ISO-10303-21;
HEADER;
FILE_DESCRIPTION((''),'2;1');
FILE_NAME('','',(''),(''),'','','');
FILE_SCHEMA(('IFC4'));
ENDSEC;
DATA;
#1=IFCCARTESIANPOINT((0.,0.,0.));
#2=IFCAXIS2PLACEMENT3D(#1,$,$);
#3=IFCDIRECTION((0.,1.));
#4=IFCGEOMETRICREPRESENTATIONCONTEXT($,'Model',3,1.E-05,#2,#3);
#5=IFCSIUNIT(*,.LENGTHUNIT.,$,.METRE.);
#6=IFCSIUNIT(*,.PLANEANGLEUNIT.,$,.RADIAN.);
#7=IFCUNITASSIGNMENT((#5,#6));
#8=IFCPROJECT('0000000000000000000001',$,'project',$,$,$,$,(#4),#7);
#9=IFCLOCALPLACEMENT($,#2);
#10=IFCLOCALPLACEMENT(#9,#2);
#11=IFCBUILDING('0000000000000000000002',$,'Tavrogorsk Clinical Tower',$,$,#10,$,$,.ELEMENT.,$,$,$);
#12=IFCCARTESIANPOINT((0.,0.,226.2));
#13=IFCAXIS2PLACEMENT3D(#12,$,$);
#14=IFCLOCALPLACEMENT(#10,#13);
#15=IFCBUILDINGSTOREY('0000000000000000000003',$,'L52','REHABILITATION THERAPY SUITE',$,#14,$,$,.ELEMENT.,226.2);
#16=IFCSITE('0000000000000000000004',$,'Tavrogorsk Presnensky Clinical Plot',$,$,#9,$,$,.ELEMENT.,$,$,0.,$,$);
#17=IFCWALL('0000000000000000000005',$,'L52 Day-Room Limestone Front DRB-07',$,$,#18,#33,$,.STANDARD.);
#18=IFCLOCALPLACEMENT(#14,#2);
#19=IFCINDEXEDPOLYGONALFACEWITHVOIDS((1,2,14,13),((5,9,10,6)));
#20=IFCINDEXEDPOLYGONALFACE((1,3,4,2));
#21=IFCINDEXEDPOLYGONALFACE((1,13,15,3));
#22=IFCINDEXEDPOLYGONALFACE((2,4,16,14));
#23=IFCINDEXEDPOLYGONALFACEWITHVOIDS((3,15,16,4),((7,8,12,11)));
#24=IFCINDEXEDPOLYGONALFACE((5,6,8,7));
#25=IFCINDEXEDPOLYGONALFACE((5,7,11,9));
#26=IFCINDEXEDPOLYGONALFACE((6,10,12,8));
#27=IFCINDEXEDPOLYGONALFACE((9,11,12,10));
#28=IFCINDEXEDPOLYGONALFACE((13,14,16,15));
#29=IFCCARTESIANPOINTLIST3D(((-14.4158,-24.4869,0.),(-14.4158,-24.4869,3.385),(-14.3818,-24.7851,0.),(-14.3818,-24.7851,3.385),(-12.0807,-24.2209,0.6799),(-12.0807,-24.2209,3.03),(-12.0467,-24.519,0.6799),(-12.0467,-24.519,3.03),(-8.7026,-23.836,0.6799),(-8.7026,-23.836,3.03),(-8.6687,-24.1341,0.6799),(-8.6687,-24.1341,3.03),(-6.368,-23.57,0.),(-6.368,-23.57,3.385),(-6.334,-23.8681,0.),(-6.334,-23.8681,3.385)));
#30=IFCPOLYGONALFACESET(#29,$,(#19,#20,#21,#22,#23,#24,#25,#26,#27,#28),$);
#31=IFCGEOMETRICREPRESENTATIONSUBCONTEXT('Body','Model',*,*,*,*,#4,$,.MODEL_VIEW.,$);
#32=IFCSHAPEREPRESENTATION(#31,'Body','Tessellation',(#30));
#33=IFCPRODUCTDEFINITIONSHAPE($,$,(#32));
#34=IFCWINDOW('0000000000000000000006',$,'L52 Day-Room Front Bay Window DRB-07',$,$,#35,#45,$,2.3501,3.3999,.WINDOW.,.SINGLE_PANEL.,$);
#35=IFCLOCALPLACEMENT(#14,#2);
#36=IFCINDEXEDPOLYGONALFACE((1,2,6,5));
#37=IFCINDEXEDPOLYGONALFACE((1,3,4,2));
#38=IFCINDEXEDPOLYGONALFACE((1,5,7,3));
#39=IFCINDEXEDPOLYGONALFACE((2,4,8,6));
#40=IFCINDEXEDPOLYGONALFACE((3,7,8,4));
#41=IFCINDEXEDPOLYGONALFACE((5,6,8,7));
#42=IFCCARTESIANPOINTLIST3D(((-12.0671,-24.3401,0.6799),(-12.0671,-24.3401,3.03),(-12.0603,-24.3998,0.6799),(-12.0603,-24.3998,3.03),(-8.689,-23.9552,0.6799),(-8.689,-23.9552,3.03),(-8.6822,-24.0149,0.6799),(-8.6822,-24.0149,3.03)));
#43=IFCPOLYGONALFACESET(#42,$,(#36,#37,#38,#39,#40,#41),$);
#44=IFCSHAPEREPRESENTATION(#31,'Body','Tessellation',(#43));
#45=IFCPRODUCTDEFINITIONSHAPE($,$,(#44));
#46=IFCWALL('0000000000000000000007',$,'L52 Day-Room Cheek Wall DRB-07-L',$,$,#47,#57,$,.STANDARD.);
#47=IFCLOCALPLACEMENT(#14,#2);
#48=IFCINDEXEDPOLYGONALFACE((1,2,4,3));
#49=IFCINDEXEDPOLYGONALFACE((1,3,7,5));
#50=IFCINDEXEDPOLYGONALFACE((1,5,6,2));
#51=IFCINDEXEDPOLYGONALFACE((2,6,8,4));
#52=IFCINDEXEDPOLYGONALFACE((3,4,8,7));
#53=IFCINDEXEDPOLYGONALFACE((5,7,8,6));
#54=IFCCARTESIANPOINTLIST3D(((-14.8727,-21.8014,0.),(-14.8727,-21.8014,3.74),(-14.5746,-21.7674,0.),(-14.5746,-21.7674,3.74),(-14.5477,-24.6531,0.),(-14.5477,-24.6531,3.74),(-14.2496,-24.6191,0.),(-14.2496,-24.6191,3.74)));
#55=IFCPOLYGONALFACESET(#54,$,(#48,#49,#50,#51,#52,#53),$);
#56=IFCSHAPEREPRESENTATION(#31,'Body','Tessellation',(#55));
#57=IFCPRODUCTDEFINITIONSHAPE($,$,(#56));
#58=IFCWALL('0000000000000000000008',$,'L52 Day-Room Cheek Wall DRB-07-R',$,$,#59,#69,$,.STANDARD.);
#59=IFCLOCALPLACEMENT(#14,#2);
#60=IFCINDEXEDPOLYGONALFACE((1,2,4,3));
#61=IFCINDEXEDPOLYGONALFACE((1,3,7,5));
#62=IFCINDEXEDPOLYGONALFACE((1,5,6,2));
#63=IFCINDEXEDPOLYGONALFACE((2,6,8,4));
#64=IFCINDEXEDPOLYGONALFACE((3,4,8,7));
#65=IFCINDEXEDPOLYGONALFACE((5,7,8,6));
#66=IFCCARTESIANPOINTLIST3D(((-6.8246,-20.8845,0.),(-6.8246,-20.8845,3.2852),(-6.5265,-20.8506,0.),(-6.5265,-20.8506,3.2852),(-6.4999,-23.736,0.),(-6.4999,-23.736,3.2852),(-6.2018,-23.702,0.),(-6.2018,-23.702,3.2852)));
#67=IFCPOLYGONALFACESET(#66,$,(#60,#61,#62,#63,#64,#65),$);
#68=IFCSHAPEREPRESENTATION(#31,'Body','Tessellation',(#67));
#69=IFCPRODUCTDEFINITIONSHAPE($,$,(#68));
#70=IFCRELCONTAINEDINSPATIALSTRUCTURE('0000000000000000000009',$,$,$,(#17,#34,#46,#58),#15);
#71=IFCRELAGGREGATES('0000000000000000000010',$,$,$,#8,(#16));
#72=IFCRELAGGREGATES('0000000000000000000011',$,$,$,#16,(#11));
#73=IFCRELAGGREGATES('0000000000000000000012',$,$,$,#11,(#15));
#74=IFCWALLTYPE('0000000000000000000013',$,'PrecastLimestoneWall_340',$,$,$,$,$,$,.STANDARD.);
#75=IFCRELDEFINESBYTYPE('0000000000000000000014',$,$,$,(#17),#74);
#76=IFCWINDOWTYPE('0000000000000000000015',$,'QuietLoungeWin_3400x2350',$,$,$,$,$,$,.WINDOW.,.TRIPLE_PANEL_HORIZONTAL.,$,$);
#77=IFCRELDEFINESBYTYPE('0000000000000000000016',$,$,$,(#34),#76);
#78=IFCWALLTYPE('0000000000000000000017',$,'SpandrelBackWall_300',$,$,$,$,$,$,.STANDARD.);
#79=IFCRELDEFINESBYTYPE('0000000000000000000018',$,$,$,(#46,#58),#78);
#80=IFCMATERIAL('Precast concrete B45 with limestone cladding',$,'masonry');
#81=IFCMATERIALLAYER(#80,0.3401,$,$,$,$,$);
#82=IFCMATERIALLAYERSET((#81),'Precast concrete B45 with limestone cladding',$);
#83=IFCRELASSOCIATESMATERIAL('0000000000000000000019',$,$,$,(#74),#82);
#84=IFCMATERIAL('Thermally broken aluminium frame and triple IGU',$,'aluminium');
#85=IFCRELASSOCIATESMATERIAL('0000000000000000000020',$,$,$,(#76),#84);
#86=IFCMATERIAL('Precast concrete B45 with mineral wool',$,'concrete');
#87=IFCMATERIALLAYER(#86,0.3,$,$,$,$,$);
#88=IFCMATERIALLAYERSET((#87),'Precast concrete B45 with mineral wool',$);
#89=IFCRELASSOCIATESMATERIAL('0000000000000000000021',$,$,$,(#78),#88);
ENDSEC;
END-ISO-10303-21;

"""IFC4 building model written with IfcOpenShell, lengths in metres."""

from ifc_helpers import new_model, si_unit, direction, frame, frame_2d, origin, place, context, subcontext, project, spatial, rectangle, extrude, material, layer, layer_set, type_object, element, fill, save


model = new_model("IFC4")

# Units and contexts
model_context = context("Model", 3, precision=1e-05, world=origin(), true_north=direction((0.0, 1.0)))
body_context = subcontext(model_context, "Body", "Model", "MODEL_VIEW")
ifc_project = project(units=[si_unit("LENGTHUNIT", "METRE"), si_unit("PLANEANGLEUNIT", "RADIAN")], contexts=[model_context])

# Site, building, storey
site_placement = place(None, origin())
site = spatial("IfcSite", under=ifc_project, at=site_placement, Name="Tavrogorsk Presnensky Clinical Plot", CompositionType="ELEMENT", RefElevation=0.0)
building_placement = place(site_placement, origin())
building = spatial("IfcBuilding", under=site, at=building_placement, Name="Tavrogorsk Clinical Tower", CompositionType="ELEMENT")
storey_placement = place(building_placement, frame((0.0, 0.0, 226.2)))
storey = spatial("IfcBuildingStorey", under=building, at=storey_placement, Name="L52", Description="REHABILITATION THERAPY SUITE", CompositionType="ELEMENT", Elevation=226.2)

# Shared definitions
ifc_material_1 = material(Name="Precast concrete B45 with limestone cladding", Category="masonry")
ifc_layer_1 = layer(ifc_material_1, 0.3401)
ifc_layer_set_1 = layer_set([ifc_layer_1], Name="Precast concrete B45 with limestone cladding")
wall_type_1 = type_object("IfcWallType", Name="PrecastLimestoneWall_340", PredefinedType="STANDARD", material=ifc_layer_set_1)

# Wall, opening, window
wall_1_placement = place(storey_placement, frame((-14.3987, -24.636, 0.0), z_axis=(0.0, 0.0, 1.0), x_axis=(0.993571, 0.11321, 0.0)))
wall_1 = element("IfcWall", 1, at=wall_1_placement, inside=storey, type_object=wall_type_1, Name="L52 Day-Room Limestone Front DRB-07", PredefinedType="STANDARD", context=body_context, shape_type="SweptSolid", body=[
    extrude(rectangle(XDim=8.0999, YDim=0.3, at=frame_2d((4.0498, 0.0))), origin(), (0.0, 0.0, 1.0), 3.385),
])
opening_1_placement = place(wall_1_placement, frame((2.3501, 0.0, 0.6799)))
opening_1 = element("IfcOpeningElement", 2, at=opening_1_placement, cuts=wall_1, PredefinedType="OPENING", context=body_context, shape_type="SweptSolid", body=[
    extrude(rectangle(XDim=3.3999, YDim=2.3501, at=frame_2d((1.7, 1.175))), frame((0.0, 0.1599, 0.0), z_axis=(0.0, -1.0, 0.0), x_axis=(1.0, 0.0, 0.0)), (0.0, 0.0, 1.0), 0.3201),
])
ifc_material_2 = material(Name="Thermally broken aluminium frame and triple IGU", Category="aluminium")
window_type_1 = type_object("IfcWindowType", Name="QuietLoungeWin_3400x2350", PartitioningType="TRIPLE_PANEL_HORIZONTAL", PredefinedType="WINDOW", material=ifc_material_2)
window_1_placement = place(opening_1_placement, origin())
window_1 = element("IfcWindow", 3, at=window_1_placement, inside=storey, type_object=window_type_1, Name="L52 Day-Room Front Bay Window DRB-07", OverallHeight=2.3501, OverallWidth=3.3999, PartitioningType="SINGLE_PANEL", PredefinedType="WINDOW", context=body_context, shape_type="SweptSolid", body=[
    extrude(rectangle(XDim=3.3999, YDim=2.3501, at=frame_2d((1.7, 1.175))), frame((0.0, 0.03, 0.0), z_axis=(0.0, -1.0, 0.0), x_axis=(1.0, 0.0, 0.0)), (0.0, 0.0, 1.0), 0.0601),
])
fill(opening_1, window_1)

# Walls
ifc_material_3 = material(Name="Precast concrete B45 with mineral wool", Category="concrete")
ifc_layer_2 = layer(ifc_material_3, 0.3)
ifc_layer_set_2 = layer_set([ifc_layer_2], Name="Precast concrete B45 with mineral wool")
wall_type_2 = type_object("IfcWallType", Name="SpandrelBackWall_300", PredefinedType="STANDARD", material=ifc_layer_set_2)
wall_2_placement = place(storey_placement, frame((-14.7236, -21.7844, 0.0), z_axis=(0.0, 0.0, 1.0), x_axis=(0.113223, -0.99357, 0.0)))
element("IfcWall", 4, at=wall_2_placement, inside=storey, type_object=wall_type_2, Name="L52 Day-Room Cheek Wall DRB-07-L", PredefinedType="STANDARD", context=body_context, shape_type="SweptSolid", body=[
    extrude(rectangle(XDim=2.8701, YDim=0.3, at=frame_2d((1.4351, 0.0))), origin(), (0.0, 0.0, 1.0), 3.74),
])
wall_3_placement = place(storey_placement, frame((-6.6755, -20.8674, 0.0), z_axis=(0.0, 0.0, 1.0), x_axis=(0.113139, -0.993579, 0.0)))
element("IfcWall", 5, at=wall_3_placement, inside=storey, type_object=wall_type_2, Name="L52 Day-Room Cheek Wall DRB-07-R", PredefinedType="STANDARD", context=body_context, shape_type="SweptSolid", body=[
    extrude(rectangle(XDim=2.8699, YDim=0.3, at=frame_2d((1.4351, 0.0))), origin(), (0.0, 0.0, 1.0), 3.2852),
])

save(model, "model.ifc")
